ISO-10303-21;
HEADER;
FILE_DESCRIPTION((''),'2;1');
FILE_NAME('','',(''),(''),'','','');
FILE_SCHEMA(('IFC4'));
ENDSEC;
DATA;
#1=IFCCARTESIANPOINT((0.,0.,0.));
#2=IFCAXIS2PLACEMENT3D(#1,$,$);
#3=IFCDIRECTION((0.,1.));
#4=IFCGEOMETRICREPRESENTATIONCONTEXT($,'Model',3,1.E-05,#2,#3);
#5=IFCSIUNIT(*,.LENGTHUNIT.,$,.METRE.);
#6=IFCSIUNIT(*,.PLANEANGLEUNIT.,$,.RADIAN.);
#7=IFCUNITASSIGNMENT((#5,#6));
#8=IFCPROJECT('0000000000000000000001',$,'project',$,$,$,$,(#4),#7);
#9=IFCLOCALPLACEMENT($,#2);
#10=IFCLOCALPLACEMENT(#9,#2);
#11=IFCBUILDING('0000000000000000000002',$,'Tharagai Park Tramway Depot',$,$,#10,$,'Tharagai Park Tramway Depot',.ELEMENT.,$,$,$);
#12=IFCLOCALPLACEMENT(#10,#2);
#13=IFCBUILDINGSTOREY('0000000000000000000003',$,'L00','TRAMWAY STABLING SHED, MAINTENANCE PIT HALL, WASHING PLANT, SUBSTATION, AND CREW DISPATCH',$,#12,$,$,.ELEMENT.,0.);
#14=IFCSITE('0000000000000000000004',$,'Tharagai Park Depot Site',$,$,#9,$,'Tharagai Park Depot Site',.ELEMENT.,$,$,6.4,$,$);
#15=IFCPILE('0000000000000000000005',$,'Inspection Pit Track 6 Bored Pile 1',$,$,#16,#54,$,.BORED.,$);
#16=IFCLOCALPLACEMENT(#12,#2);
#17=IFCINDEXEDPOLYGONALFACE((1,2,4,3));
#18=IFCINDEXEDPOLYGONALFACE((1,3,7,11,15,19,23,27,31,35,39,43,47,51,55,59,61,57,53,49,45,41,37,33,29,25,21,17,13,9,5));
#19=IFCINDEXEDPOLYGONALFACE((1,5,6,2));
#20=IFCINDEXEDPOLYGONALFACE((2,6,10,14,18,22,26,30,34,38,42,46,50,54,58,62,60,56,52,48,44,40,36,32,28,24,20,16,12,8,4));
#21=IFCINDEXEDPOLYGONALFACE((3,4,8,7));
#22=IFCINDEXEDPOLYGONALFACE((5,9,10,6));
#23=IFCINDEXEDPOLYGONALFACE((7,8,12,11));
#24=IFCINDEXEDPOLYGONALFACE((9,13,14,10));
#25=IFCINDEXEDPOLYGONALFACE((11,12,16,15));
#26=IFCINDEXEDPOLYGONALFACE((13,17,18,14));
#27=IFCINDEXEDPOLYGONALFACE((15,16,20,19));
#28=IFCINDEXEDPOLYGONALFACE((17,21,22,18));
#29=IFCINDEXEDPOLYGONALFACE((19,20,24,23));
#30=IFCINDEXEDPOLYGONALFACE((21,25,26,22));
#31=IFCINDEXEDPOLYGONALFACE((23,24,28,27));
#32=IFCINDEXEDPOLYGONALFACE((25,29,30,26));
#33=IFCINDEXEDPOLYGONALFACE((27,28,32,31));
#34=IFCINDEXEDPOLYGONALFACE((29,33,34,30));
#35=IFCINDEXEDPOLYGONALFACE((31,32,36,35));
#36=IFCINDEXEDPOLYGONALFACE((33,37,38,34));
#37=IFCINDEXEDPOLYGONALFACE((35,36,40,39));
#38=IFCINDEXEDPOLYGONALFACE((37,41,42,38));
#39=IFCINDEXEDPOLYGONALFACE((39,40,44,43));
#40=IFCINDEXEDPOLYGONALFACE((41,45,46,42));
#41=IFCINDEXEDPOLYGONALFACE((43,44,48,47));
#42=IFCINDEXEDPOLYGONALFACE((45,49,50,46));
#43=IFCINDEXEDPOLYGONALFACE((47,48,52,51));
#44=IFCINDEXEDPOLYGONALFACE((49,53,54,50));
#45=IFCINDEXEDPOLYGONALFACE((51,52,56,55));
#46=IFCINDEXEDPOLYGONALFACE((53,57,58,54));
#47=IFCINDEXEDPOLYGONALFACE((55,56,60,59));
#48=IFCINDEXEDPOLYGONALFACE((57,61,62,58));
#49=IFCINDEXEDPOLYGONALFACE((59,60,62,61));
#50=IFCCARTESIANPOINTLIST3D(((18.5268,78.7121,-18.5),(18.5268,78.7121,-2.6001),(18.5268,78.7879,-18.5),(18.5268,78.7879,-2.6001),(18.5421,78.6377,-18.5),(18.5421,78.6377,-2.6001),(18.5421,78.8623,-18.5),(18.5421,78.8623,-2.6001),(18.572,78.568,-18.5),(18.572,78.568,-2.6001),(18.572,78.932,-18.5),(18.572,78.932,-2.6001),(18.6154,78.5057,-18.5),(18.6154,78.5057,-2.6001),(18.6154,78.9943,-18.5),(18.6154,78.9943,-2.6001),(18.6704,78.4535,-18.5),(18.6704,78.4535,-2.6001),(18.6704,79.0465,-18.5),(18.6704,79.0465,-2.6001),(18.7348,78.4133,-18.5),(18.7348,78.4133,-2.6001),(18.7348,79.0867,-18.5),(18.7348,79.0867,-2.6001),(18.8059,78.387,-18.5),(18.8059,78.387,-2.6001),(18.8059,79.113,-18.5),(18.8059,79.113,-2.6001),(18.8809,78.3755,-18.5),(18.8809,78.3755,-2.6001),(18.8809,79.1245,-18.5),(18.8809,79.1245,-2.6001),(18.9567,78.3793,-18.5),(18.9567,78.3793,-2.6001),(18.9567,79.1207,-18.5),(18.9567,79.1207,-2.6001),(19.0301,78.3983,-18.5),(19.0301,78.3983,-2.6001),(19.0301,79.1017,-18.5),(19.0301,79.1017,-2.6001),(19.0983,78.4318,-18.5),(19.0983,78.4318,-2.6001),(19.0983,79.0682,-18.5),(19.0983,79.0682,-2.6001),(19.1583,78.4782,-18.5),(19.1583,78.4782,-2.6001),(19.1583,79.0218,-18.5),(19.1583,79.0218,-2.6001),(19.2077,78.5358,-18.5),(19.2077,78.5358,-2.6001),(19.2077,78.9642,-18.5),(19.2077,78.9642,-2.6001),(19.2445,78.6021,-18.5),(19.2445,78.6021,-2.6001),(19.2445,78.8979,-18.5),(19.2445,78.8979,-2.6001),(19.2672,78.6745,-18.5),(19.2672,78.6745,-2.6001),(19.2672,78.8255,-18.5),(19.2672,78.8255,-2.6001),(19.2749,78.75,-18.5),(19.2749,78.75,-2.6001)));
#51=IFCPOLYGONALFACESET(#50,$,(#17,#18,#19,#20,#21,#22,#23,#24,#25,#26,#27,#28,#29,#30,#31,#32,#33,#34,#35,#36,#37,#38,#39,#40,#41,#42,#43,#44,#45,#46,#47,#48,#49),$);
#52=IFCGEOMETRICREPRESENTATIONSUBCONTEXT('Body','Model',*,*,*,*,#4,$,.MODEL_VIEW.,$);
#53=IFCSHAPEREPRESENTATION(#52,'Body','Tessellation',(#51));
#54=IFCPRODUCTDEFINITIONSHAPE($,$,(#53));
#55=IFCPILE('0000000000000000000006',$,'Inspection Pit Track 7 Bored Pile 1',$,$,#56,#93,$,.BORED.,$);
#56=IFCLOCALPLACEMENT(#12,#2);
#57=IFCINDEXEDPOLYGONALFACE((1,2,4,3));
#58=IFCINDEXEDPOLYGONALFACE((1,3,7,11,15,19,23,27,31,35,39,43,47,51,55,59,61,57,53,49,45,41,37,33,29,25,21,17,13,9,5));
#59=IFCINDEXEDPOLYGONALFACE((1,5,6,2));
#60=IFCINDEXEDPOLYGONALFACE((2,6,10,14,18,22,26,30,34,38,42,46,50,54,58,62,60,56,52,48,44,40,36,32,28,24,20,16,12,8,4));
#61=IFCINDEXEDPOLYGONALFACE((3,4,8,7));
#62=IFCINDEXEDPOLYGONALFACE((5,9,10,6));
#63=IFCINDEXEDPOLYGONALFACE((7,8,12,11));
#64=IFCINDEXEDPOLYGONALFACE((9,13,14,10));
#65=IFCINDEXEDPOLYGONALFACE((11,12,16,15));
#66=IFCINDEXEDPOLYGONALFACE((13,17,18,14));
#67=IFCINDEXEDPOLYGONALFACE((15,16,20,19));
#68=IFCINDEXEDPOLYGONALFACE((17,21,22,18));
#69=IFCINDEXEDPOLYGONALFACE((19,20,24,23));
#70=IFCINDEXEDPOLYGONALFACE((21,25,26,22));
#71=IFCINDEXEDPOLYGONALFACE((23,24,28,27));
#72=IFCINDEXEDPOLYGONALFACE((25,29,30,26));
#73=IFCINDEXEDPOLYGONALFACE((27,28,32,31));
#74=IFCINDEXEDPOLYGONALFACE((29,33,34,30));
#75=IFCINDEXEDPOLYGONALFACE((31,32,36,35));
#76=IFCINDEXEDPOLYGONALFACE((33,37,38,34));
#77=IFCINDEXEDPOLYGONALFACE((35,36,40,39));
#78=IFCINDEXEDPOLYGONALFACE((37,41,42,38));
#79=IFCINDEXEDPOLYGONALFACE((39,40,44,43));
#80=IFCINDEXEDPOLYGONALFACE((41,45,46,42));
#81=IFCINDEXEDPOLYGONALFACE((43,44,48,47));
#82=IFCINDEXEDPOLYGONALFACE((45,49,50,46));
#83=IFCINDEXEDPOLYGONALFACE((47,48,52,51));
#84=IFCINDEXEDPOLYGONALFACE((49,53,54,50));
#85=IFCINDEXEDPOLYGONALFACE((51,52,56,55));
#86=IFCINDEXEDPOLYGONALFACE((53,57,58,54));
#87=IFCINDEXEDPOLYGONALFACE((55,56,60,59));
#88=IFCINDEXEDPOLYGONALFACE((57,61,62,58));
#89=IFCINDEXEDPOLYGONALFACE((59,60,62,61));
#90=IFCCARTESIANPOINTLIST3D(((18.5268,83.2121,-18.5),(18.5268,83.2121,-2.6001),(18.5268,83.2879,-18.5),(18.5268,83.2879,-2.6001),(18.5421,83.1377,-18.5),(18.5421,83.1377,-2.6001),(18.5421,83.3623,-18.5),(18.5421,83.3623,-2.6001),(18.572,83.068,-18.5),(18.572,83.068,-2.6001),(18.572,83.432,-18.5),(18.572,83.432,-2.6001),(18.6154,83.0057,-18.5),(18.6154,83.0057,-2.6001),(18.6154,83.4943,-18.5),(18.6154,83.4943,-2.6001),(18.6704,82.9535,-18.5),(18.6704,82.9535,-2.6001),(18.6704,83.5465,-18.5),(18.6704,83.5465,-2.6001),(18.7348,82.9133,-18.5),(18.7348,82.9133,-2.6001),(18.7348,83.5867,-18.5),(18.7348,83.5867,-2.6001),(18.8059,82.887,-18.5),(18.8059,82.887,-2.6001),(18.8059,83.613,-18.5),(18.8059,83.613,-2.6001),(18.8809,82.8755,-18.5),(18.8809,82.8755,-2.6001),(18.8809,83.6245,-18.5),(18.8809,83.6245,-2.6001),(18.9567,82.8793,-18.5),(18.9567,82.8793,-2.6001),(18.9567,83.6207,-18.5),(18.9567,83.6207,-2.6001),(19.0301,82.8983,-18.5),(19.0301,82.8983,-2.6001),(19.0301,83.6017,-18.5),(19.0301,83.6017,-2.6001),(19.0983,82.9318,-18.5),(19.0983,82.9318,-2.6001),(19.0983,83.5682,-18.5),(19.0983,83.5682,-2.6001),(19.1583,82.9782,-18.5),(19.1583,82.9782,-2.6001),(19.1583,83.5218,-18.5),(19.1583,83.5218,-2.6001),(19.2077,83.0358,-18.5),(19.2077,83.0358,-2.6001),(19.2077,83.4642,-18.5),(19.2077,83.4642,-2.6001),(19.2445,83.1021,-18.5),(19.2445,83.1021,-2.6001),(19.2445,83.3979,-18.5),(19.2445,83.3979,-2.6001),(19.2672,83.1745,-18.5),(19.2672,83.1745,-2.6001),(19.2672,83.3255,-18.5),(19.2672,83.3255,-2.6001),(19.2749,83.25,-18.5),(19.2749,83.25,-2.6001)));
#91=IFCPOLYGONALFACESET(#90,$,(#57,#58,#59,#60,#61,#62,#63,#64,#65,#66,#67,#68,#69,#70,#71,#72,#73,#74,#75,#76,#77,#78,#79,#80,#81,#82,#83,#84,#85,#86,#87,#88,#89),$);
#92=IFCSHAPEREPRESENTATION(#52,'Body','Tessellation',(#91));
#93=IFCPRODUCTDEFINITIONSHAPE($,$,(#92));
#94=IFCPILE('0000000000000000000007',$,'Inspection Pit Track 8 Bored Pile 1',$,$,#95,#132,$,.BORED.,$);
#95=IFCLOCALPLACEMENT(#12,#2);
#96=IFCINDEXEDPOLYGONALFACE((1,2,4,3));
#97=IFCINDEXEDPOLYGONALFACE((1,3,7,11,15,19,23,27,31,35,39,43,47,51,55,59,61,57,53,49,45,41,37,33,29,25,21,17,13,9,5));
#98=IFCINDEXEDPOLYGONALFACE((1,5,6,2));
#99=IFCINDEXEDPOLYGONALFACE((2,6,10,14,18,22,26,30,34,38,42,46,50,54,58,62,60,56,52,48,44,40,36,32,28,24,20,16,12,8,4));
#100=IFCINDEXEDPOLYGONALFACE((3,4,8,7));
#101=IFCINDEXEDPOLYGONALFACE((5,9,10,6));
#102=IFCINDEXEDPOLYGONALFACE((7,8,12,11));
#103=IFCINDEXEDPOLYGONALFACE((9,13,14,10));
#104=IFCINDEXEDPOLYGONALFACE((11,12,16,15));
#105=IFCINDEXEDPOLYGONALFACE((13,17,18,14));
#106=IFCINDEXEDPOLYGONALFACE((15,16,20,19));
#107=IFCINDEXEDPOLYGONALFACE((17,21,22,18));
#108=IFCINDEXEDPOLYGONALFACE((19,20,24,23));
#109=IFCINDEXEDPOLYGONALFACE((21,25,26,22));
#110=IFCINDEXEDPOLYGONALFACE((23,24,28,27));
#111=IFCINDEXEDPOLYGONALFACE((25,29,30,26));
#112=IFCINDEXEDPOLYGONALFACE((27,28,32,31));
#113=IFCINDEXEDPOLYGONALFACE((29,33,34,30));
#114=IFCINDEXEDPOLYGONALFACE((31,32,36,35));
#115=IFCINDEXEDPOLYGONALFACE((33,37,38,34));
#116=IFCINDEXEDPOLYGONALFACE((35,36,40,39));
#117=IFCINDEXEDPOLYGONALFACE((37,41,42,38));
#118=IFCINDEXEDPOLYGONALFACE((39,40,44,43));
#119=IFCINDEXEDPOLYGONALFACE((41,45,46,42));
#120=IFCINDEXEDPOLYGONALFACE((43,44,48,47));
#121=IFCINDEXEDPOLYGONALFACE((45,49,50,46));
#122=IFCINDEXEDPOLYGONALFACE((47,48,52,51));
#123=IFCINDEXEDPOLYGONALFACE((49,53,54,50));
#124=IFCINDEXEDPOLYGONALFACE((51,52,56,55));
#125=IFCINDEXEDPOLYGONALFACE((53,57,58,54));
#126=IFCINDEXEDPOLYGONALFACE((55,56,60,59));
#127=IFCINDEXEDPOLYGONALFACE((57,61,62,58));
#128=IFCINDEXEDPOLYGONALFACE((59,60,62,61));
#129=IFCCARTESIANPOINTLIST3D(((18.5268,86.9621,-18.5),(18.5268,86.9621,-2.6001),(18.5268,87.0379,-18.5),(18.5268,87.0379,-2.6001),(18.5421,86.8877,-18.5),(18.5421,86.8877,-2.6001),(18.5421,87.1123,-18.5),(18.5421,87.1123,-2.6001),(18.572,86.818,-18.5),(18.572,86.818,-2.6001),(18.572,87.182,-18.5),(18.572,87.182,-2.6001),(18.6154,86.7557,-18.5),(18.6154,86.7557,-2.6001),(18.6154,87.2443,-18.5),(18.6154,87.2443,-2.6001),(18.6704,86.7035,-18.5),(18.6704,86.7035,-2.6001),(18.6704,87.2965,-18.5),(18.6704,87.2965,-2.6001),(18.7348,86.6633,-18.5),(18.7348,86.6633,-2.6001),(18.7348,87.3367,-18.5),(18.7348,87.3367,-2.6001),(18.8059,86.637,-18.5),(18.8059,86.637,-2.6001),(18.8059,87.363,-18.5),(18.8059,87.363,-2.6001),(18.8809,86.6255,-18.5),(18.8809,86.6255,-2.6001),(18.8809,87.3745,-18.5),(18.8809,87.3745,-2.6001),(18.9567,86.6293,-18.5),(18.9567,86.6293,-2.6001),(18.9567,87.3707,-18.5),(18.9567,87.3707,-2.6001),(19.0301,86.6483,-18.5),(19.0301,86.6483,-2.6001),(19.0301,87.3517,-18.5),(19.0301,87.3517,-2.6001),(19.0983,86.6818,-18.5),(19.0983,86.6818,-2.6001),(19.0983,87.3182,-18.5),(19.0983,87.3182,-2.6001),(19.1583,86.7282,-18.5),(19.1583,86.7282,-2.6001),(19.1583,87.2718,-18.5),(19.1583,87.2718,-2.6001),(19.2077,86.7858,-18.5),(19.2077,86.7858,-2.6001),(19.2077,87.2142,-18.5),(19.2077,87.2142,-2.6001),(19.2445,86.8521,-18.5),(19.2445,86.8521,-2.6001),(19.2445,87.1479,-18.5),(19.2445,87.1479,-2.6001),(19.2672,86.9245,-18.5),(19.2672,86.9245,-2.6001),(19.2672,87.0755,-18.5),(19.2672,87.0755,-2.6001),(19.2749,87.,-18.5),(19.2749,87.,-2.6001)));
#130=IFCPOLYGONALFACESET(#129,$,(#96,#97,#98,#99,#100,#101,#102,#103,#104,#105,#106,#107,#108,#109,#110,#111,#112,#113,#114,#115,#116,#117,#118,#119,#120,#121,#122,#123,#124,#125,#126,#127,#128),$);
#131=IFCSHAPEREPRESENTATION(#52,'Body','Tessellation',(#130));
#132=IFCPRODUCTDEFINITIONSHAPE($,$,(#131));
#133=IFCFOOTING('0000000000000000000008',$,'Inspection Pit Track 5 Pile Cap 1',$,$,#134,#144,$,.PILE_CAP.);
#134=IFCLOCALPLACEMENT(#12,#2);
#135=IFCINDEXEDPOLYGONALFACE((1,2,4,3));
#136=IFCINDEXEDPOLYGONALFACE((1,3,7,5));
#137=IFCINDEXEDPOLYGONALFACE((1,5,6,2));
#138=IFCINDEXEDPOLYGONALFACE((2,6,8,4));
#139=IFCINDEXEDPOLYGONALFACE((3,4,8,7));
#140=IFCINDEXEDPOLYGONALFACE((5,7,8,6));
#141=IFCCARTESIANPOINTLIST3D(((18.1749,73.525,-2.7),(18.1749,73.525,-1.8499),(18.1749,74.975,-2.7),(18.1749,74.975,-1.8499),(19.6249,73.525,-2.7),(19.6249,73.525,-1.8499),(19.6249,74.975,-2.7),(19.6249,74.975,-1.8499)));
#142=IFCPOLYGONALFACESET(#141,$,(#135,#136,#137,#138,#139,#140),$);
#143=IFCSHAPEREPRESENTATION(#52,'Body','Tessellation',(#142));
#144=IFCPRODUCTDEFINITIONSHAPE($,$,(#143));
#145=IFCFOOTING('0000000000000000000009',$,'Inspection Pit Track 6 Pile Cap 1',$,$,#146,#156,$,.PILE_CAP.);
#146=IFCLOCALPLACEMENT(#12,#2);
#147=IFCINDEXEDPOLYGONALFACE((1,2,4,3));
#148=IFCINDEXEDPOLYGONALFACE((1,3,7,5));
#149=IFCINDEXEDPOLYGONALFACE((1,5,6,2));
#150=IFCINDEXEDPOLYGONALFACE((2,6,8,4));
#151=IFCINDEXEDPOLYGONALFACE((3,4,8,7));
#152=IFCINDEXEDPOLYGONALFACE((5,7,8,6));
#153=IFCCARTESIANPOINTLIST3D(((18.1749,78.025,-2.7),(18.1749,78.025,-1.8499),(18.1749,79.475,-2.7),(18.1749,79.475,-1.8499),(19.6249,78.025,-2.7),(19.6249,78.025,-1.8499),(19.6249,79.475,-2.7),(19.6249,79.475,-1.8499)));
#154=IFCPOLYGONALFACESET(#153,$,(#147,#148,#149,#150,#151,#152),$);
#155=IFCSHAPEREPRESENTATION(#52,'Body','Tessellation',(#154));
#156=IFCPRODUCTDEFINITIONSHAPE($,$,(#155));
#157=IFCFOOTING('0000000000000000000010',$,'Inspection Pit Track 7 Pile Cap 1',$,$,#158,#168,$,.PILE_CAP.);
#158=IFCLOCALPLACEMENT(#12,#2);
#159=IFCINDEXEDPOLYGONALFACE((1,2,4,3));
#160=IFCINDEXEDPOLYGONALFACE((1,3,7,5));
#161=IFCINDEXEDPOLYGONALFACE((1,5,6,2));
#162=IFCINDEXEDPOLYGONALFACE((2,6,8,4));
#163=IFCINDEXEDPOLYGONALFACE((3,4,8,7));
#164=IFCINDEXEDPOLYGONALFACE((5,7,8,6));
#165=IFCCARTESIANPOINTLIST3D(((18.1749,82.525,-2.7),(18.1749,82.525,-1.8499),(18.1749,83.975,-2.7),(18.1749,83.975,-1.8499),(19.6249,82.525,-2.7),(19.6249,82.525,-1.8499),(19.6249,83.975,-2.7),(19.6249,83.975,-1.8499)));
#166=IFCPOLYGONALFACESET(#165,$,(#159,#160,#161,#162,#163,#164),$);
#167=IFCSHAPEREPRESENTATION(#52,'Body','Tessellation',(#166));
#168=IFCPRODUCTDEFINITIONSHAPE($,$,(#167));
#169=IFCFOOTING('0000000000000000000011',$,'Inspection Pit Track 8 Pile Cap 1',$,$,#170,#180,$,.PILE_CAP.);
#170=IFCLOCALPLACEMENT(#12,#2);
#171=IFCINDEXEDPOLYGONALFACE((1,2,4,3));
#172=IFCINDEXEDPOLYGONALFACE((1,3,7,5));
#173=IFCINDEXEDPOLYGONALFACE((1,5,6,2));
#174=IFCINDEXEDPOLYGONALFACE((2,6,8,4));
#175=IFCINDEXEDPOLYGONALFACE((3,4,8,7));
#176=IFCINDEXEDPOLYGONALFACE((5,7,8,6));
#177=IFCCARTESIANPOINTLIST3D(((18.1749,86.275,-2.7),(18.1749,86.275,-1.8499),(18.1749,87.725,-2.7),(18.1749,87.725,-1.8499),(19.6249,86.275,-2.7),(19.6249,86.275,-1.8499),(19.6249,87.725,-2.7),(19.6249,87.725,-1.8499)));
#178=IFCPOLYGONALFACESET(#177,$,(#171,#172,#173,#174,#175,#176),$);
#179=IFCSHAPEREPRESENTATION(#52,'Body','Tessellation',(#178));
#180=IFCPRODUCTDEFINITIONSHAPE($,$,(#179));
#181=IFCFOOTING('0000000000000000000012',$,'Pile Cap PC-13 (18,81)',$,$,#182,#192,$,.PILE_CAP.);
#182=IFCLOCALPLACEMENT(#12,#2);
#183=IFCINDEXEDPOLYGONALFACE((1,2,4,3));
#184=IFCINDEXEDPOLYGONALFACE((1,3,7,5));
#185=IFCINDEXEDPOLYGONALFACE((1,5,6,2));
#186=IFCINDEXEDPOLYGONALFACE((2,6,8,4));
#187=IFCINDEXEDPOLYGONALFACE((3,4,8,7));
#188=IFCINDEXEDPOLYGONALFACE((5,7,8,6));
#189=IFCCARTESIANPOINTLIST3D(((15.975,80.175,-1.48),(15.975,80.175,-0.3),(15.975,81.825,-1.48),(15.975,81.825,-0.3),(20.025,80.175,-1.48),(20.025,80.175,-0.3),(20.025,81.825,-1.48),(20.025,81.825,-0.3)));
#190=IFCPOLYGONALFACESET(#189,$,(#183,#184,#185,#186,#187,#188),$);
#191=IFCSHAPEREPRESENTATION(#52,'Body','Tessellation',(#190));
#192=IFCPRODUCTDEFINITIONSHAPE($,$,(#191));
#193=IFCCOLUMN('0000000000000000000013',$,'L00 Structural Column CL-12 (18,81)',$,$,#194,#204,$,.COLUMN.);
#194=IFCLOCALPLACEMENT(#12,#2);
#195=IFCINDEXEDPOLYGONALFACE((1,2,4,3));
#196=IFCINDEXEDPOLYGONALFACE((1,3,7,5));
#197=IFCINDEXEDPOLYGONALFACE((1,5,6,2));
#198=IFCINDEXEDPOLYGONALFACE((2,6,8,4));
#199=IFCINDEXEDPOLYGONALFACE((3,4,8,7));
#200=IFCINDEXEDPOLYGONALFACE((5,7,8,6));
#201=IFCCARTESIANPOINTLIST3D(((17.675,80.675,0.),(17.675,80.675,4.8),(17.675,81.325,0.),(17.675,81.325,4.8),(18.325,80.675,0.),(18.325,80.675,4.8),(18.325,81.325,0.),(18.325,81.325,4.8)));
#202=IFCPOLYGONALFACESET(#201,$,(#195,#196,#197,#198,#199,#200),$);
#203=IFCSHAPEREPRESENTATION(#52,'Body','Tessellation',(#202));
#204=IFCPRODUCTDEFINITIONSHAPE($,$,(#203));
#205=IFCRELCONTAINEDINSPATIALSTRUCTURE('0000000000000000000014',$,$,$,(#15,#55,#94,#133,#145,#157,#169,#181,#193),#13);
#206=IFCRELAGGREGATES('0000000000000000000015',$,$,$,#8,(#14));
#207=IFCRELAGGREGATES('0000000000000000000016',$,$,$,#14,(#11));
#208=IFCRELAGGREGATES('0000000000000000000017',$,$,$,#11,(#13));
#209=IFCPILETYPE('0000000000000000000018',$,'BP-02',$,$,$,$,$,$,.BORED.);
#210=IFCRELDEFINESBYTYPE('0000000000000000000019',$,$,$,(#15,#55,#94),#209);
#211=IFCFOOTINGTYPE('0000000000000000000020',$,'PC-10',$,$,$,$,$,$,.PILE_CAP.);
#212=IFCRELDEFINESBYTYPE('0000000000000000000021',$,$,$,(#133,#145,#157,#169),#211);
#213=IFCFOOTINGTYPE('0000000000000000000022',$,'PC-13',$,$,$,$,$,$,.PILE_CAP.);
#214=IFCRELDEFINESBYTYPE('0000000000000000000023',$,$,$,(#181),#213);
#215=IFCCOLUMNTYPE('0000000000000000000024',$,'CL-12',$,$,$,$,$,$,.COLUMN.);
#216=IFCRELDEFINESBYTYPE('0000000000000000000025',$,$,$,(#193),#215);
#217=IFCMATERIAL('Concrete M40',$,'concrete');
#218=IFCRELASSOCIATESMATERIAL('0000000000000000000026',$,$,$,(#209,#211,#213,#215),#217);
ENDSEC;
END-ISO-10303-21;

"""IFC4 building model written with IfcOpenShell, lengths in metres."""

from ifc_helpers import new_model, si_unit, direction, frame, origin, origin_2d, place, context, subcontext, project, spatial, rectangle, circle, extrude, material, material_profile, profile_set, type_object, element, save


model = new_model("IFC4")

# Units and contexts
model_context = context("Model", 3, precision=1e-05, world=origin(), true_north=direction((0.0, 1.0)))
body_context = subcontext(model_context, "Body", "Model", "MODEL_VIEW")
ifc_project = project(units=[si_unit("LENGTHUNIT", "METRE"), si_unit("PLANEANGLEUNIT", "RADIAN")], contexts=[model_context])

# Site, building, storey
site_placement = place(None, origin())
site = spatial("IfcSite", under=ifc_project, at=site_placement, Name="Tharagai Park Depot Site", LongName="Tharagai Park Depot Site", CompositionType="ELEMENT", RefElevation=6.4)
building_placement = place(site_placement, origin())
building = spatial("IfcBuilding", under=site, at=building_placement, Name="Tharagai Park Tramway Depot", LongName="Tharagai Park Tramway Depot", CompositionType="ELEMENT")
storey_placement = place(building_placement, origin())
storey = spatial("IfcBuildingStorey", under=building, at=storey_placement, Name="L00", Description="TRAMWAY STABLING SHED, MAINTENANCE PIT HALL, WASHING PLANT, SUBSTATION, AND CREW DISPATCH", CompositionType="ELEMENT", Elevation=0.0)

# Piles
ifc_material_1 = material(Name="Concrete M40", Category="concrete")
ifc_material_profile_1 = material_profile(ifc_material_1, circle(Radius=0.375, at=origin_2d()), Name="PILE D750")
ifc_profile_set_1 = profile_set([ifc_material_profile_1], Name="Concrete M40")
pile_type_1 = type_object("IfcPileType", Name="BP-02", PredefinedType="BORED", material=ifc_profile_set_1)
for number, where, z_axis, x_axis, name in (
    (1, (18.8999, 78.75, -2.6001), (0.0, 0.0, -1.0), (1.0, 0.0, 0.0), "Inspection Pit Track 6 Bored Pile 1"),
    (2, (18.8999, 83.25, -2.6001), (0.0, 0.0, -1.0), (1.0, 0.0, 0.0), "Inspection Pit Track 7 Bored Pile 1"),
    (3, (18.8999, 87.0, -2.6001), (0.0, 0.0, -1.0), (1.0, 0.0, 0.0), "Inspection Pit Track 8 Bored Pile 1"),
):
    element("IfcPile", number, at=place(storey_placement, frame(where, z_axis=z_axis, x_axis=x_axis)), inside=storey, type_object=pile_type_1, Name=name, PredefinedType="BORED", context=body_context, shape_type="SweptSolid", body=[
        extrude(circle(Radius=0.375, at=origin_2d()), origin(), (0.0, 0.0, 1.0), 15.8999),
    ])

# Footings
footing_type_1 = type_object("IfcFootingType", Name="PC-10", PredefinedType="PILE_CAP", material=ifc_material_1)
for number, where, z_axis, x_axis, name in (
    (4, (18.8999, 74.25, -2.7), (0.0, 0.0, 1.0), (1.0, 0.0, 0.0), "Inspection Pit Track 5 Pile Cap 1"),
    (5, (18.8999, 78.75, -2.7), (0.0, 0.0, 1.0), (1.0, 0.0, 0.0), "Inspection Pit Track 6 Pile Cap 1"),
    (6, (18.8999, 83.25, -2.7), (0.0, 0.0, 1.0), (1.0, 0.0, 0.0), "Inspection Pit Track 7 Pile Cap 1"),
    (7, (18.8999, 87.0, -2.7), (0.0, 0.0, 1.0), (1.0, 0.0, 0.0), "Inspection Pit Track 8 Pile Cap 1"),
):
    element("IfcFooting", number, at=place(storey_placement, frame(where, z_axis=z_axis, x_axis=x_axis)), inside=storey, type_object=footing_type_1, Name=name, PredefinedType="PILE_CAP", context=body_context, shape_type="SweptSolid", body=[
        extrude(rectangle(XDim=1.45, YDim=1.45, at=origin_2d()), origin(), (0.0, 0.0, 1.0), 0.8501),
    ])
footing_type_2 = type_object("IfcFootingType", Name="PC-13", PredefinedType="PILE_CAP", material=ifc_material_1)
footing_placement = place(storey_placement, frame((18.0, 81.0, -1.48), z_axis=(0.0, 0.0, 1.0), x_axis=(1.0, 0.0, 0.0)))
element("IfcFooting", 8, at=footing_placement, inside=storey, type_object=footing_type_2, Name="Pile Cap PC-13 (18,81)", PredefinedType="PILE_CAP", context=body_context, shape_type="SweptSolid", body=[
    extrude(rectangle(XDim=4.05, YDim=1.6499, at=origin_2d()), origin(), (0.0, 0.0, 1.0), 1.1799),
])

# Column
ifc_material_profile_2 = material_profile(ifc_material_1, rectangle(XDim=0.6499, YDim=0.6499, at=origin_2d()), Name="RC 650x650")
ifc_profile_set_2 = profile_set([ifc_material_profile_2], Name="Concrete M40")
column_type = type_object("IfcColumnType", Name="CL-12", PredefinedType="COLUMN", material=ifc_profile_set_2)
column_placement = place(storey_placement, frame((18.0, 81.0, 0.0), z_axis=(0.0, 0.0, 1.0), x_axis=(1.0, 0.0, 0.0)))
element("IfcColumn", 9, at=column_placement, inside=storey, type_object=column_type, Name="L00 Structural Column CL-12 (18,81)", PredefinedType="COLUMN", context=body_context, shape_type="SweptSolid", body=[
    extrude(rectangle(XDim=0.6499, YDim=0.6499, at=origin_2d()), origin(), (0.0, 0.0, 1.0), 4.8),
])

save(model, "model.ifc")
